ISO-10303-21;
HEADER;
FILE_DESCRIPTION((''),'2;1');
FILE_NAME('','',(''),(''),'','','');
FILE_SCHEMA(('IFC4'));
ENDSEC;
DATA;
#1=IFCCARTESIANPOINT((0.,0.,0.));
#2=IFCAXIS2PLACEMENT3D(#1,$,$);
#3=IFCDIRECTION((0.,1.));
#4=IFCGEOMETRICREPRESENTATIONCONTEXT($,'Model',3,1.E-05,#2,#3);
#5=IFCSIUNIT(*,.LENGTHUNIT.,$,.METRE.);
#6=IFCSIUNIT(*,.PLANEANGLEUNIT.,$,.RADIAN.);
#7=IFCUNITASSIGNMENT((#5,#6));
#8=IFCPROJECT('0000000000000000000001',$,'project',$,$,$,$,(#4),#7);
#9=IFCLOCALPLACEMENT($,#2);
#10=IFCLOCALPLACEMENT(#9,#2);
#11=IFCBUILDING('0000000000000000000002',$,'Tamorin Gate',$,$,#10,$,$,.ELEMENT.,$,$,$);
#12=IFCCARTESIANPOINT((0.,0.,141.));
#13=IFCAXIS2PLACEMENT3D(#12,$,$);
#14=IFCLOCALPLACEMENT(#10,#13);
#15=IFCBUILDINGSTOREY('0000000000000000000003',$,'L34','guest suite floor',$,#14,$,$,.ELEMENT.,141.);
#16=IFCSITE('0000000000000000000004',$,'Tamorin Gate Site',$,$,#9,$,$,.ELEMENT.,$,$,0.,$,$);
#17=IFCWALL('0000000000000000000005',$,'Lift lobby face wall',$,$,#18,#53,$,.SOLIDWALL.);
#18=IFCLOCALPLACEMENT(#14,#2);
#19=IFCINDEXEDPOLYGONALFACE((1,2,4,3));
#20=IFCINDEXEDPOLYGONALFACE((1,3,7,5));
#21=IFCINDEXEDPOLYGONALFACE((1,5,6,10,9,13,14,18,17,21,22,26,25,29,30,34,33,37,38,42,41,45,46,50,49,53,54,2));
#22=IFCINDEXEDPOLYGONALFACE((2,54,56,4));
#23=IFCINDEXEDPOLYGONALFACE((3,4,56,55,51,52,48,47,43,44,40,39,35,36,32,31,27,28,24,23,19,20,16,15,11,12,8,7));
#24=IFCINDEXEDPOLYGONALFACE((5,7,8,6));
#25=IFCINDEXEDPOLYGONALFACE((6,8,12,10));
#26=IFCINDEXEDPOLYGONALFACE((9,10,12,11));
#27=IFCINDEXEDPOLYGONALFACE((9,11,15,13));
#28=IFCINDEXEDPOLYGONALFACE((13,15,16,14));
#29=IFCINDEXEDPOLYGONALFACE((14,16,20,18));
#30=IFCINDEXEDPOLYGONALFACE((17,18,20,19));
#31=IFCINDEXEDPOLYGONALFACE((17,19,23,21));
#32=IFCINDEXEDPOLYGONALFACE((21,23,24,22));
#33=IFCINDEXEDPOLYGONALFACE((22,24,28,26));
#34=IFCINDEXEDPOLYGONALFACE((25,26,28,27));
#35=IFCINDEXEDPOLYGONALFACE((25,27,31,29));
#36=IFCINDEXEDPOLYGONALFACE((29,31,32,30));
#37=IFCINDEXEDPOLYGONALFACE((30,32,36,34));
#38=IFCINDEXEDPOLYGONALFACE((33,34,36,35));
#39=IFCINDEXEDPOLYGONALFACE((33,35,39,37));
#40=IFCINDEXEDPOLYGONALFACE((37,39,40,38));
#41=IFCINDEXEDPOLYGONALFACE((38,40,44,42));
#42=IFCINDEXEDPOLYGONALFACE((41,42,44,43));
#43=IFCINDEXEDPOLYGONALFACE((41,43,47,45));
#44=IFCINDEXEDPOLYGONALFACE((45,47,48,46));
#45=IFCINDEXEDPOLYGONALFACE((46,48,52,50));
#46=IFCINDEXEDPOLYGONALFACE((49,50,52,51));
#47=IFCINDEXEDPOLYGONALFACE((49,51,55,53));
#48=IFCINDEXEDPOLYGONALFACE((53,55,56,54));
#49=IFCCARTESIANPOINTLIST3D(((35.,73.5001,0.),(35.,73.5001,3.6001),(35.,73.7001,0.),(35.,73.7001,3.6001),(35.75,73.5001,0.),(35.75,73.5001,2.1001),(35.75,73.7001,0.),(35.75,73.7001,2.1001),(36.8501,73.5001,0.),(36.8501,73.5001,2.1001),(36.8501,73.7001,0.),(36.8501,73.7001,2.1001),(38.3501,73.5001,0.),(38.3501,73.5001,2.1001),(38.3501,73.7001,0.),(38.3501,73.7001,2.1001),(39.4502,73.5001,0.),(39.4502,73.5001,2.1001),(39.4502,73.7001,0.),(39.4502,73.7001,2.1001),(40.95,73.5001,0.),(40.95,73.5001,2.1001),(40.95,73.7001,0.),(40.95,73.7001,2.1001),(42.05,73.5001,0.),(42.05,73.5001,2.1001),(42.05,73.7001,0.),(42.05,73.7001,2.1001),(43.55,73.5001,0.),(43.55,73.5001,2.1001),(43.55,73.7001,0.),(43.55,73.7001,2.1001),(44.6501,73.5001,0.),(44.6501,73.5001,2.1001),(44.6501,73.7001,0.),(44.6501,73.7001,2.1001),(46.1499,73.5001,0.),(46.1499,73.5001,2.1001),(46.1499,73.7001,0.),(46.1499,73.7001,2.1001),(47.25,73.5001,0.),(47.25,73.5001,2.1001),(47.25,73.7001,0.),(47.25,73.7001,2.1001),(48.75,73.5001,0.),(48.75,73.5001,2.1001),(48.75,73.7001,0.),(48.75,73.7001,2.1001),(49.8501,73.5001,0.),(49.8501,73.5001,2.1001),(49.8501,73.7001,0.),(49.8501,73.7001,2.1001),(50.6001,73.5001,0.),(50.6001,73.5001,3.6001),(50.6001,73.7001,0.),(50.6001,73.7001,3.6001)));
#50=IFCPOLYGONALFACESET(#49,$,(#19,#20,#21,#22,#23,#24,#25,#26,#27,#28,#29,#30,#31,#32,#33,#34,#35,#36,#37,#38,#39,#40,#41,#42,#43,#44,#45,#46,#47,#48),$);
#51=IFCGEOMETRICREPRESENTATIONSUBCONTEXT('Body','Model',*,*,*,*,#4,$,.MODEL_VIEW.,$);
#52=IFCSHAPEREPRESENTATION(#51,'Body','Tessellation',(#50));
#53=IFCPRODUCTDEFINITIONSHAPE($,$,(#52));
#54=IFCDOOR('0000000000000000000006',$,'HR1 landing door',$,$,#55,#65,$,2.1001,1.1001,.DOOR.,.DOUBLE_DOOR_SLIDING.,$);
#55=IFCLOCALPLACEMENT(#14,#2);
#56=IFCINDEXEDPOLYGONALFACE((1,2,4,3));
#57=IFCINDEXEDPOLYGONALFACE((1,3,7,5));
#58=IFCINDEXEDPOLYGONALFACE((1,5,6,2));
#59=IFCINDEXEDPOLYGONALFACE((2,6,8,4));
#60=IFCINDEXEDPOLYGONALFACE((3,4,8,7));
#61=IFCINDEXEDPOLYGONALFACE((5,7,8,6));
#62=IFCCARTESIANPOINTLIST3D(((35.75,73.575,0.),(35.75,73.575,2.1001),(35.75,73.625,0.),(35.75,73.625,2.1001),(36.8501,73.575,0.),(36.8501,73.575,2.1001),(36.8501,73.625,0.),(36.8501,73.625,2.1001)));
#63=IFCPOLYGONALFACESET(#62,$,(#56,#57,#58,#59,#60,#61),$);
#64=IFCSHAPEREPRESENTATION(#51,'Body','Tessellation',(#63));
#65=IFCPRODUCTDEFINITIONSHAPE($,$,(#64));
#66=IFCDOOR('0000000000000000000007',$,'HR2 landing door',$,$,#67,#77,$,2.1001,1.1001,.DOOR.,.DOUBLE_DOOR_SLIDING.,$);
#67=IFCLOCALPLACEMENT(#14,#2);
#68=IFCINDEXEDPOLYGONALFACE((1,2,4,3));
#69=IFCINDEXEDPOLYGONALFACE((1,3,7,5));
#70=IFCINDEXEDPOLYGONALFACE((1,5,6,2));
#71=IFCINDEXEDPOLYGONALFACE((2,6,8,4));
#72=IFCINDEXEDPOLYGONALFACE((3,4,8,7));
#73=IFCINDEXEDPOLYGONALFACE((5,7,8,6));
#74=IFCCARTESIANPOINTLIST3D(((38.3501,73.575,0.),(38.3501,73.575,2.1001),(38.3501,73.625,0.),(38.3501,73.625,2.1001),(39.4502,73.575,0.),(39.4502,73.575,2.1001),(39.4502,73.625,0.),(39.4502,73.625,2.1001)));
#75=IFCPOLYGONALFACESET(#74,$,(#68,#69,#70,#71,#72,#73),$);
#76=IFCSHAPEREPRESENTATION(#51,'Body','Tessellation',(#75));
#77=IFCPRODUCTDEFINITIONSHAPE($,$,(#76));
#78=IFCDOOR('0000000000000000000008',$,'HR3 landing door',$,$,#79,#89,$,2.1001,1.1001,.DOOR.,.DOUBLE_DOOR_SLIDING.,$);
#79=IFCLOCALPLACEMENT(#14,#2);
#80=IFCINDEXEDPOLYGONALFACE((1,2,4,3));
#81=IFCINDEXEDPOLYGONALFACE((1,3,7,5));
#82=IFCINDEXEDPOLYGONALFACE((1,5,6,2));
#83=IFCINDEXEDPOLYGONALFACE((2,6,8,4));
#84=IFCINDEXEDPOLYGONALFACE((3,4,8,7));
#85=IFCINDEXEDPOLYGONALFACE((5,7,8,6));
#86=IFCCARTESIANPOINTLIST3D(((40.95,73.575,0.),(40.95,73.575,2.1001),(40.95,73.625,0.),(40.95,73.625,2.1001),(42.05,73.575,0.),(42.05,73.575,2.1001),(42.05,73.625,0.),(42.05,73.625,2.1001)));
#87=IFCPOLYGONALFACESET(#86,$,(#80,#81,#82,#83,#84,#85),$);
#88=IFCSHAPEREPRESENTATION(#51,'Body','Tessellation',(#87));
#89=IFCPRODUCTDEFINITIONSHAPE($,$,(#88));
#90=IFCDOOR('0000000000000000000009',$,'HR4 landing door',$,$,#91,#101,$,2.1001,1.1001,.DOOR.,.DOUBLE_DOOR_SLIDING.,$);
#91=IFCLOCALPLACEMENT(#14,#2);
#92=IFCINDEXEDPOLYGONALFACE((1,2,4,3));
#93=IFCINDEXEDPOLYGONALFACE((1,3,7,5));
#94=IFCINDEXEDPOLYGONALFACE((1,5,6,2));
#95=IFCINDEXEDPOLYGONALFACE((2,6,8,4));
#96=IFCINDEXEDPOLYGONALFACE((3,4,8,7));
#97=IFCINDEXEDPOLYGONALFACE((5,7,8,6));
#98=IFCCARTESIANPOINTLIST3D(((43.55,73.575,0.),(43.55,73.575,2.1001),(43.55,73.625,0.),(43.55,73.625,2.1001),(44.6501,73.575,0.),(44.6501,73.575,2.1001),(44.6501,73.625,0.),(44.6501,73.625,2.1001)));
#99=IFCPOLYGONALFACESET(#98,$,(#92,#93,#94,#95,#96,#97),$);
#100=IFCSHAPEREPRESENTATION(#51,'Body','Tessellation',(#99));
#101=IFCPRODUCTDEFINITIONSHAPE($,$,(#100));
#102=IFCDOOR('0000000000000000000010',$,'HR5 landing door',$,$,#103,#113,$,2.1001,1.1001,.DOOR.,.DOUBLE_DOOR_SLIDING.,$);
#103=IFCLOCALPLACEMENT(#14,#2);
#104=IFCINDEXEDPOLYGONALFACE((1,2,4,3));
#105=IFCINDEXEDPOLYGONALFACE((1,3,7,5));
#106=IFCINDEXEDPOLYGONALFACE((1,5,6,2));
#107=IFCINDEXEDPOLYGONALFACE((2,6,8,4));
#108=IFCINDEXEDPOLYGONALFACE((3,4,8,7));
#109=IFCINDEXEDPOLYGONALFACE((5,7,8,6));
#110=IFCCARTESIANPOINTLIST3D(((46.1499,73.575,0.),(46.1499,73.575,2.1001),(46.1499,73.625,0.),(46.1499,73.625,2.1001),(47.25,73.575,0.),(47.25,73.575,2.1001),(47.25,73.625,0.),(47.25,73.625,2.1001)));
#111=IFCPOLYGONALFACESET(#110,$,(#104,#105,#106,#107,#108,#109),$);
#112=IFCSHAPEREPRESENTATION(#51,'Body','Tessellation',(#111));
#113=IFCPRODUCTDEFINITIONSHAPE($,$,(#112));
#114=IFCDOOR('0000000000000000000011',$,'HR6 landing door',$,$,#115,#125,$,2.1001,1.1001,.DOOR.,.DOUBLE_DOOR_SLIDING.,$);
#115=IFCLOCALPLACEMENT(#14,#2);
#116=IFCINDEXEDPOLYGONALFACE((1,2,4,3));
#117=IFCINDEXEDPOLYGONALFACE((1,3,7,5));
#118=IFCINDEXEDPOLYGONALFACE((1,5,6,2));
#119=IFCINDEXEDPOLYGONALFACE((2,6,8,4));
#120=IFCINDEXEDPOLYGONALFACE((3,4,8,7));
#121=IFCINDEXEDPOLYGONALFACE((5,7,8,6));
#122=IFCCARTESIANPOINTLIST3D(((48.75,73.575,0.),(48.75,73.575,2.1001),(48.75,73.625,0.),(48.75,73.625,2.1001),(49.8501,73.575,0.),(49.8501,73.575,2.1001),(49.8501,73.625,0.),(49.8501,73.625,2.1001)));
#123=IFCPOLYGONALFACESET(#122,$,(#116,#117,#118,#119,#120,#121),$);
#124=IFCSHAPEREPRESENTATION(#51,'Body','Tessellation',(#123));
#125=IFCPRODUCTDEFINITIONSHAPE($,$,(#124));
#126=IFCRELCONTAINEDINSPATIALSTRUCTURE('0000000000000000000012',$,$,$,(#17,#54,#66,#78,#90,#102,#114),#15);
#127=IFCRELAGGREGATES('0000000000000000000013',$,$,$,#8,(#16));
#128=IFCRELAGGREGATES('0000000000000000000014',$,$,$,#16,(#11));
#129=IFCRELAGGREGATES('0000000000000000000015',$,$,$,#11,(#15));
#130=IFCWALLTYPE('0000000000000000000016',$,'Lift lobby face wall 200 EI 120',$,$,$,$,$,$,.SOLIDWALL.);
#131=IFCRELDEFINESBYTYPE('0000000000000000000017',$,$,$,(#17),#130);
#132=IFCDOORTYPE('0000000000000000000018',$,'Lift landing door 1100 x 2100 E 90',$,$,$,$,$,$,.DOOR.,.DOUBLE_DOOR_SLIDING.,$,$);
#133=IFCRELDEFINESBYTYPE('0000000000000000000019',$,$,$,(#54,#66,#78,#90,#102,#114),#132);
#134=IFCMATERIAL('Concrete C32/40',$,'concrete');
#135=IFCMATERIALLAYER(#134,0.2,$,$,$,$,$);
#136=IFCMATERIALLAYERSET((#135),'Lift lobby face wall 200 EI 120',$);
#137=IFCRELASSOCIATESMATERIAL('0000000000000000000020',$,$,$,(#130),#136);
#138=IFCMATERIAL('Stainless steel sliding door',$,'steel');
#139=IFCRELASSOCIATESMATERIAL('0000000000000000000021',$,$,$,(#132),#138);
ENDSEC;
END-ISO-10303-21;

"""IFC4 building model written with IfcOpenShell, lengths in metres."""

from ifc_helpers import new_model, si_unit, direction, frame, frame_2d, origin, place, context, subcontext, project, spatial, rectangle, extrude, material, layer, layer_set, type_object, element, fill, save


model = new_model("IFC4")

# Units and contexts
model_context = context("Model", 3, precision=1e-05, world=origin(), true_north=direction((0.0, 1.0)))
body_context = subcontext(model_context, "Body", "Model", "MODEL_VIEW")
ifc_project = project(units=[si_unit("LENGTHUNIT", "METRE"), si_unit("PLANEANGLEUNIT", "RADIAN")], contexts=[model_context])

# Site, building, storey
site_placement = place(None, origin())
site = spatial("IfcSite", under=ifc_project, at=site_placement, Name="Tamorin Gate Site", CompositionType="ELEMENT", RefElevation=0.0)
building_placement = place(site_placement, origin())
building = spatial("IfcBuilding", under=site, at=building_placement, Name="Tamorin Gate", CompositionType="ELEMENT")
storey_placement = place(building_placement, frame((0.0, 0.0, 141.0)))
storey = spatial("IfcBuildingStorey", under=building, at=storey_placement, Name="L34", Description="guest suite floor", CompositionType="ELEMENT", Elevation=141.0)

# Wall, openings, doors
ifc_material_1 = material(Name="Concrete C32/40", Category="concrete")
ifc_layer_1 = layer(ifc_material_1, 0.2)
ifc_layer_set_1 = layer_set([ifc_layer_1], Name="Lift lobby face wall 200 EI 120")
wall_type_1 = type_object("IfcWallType", Name="Lift lobby face wall 200 EI 120", PredefinedType="SOLIDWALL", material=ifc_layer_set_1)
wall_1_placement = place(storey_placement, frame((35.0, 73.6001, 0.0), z_axis=(0.0, 0.0, 1.0), x_axis=(1.0, 0.0, 0.0)))
wall_1 = element("IfcWall", 1, at=wall_1_placement, inside=storey, type_object=wall_type_1, Name="Lift lobby face wall", PredefinedType="SOLIDWALL", context=body_context, shape_type="SweptSolid", body=[
    extrude(rectangle(XDim=15.6001, YDim=0.2, at=frame_2d((7.8, 0.0))), origin(), (0.0, 0.0, 1.0), 3.6001),
])
opening_1_placement = place(wall_1_placement, frame((0.75, 0.0, 0.0)))
opening_1 = element("IfcOpeningElement", 2, at=opening_1_placement, cuts=wall_1, PredefinedType="OPENING", context=body_context, shape_type="SweptSolid", body=[
    extrude(rectangle(XDim=1.1001, YDim=2.1001, at=frame_2d((0.55, 1.05))), frame((0.0, 0.1099, 0.0), z_axis=(0.0, -1.0, 0.0), x_axis=(1.0, 0.0, 0.0)), (0.0, 0.0, 1.0), 0.22),
])
opening_2_placement = place(wall_1_placement, frame((3.3501, 0.0, 0.0)))
opening_2 = element("IfcOpeningElement", 3, at=opening_2_placement, cuts=wall_1, PredefinedType="OPENING", context=body_context, shape_type="SweptSolid", body=[
    extrude(rectangle(XDim=1.1001, YDim=2.1001, at=frame_2d((0.55, 1.05))), frame((0.0, 0.1099, 0.0), z_axis=(0.0, -1.0, 0.0), x_axis=(1.0, 0.0, 0.0)), (0.0, 0.0, 1.0), 0.22),
])
opening_3_placement = place(wall_1_placement, frame((5.95, 0.0, 0.0)))
opening_3 = element("IfcOpeningElement", 4, at=opening_3_placement, cuts=wall_1, PredefinedType="OPENING", context=body_context, shape_type="SweptSolid", body=[
    extrude(rectangle(XDim=1.1001, YDim=2.1001, at=frame_2d((0.55, 1.05))), frame((0.0, 0.1099, 0.0), z_axis=(0.0, -1.0, 0.0), x_axis=(1.0, 0.0, 0.0)), (0.0, 0.0, 1.0), 0.22),
])
opening_4_placement = place(wall_1_placement, frame((8.55, 0.0, 0.0)))
opening_4 = element("IfcOpeningElement", 5, at=opening_4_placement, cuts=wall_1, PredefinedType="OPENING", context=body_context, shape_type="SweptSolid", body=[
    extrude(rectangle(XDim=1.1001, YDim=2.1001, at=frame_2d((0.55, 1.05))), frame((0.0, 0.1099, 0.0), z_axis=(0.0, -1.0, 0.0), x_axis=(1.0, 0.0, 0.0)), (0.0, 0.0, 1.0), 0.22),
])
opening_5_placement = place(wall_1_placement, frame((11.1499, 0.0, 0.0)))
opening_5 = element("IfcOpeningElement", 6, at=opening_5_placement, cuts=wall_1, PredefinedType="OPENING", context=body_context, shape_type="SweptSolid", body=[
    extrude(rectangle(XDim=1.1001, YDim=2.1001, at=frame_2d((0.55, 1.05))), frame((0.0, 0.1099, 0.0), z_axis=(0.0, -1.0, 0.0), x_axis=(1.0, 0.0, 0.0)), (0.0, 0.0, 1.0), 0.22),
])
opening_6_placement = place(wall_1_placement, frame((13.75, 0.0, 0.0)))
opening_6 = element("IfcOpeningElement", 7, at=opening_6_placement, cuts=wall_1, PredefinedType="OPENING", context=body_context, shape_type="SweptSolid", body=[
    extrude(rectangle(XDim=1.1001, YDim=2.1001, at=frame_2d((0.55, 1.05))), frame((0.0, 0.1099, 0.0), z_axis=(0.0, -1.0, 0.0), x_axis=(1.0, 0.0, 0.0)), (0.0, 0.0, 1.0), 0.22),
])
ifc_material_2 = material(Name="Stainless steel sliding door", Category="steel")
door_type_1 = type_object("IfcDoorType", Name="Lift landing door 1100 x 2100 E 90", OperationType="DOUBLE_DOOR_SLIDING", PredefinedType="DOOR", material=ifc_material_2)
door_1_placement = place(opening_1_placement, origin())
door_1 = element("IfcDoor", 8, at=door_1_placement, inside=storey, type_object=door_type_1, Name="HR1 landing door", OperationType="DOUBLE_DOOR_SLIDING", OverallHeight=2.1001, OverallWidth=1.1001, PredefinedType="DOOR", context=body_context, shape_type="SweptSolid", body=[
    extrude(rectangle(XDim=1.1001, YDim=2.1001, at=frame_2d((0.55, 1.05))), frame((0.0, 0.0249, 0.0), z_axis=(0.0, -1.0, 0.0), x_axis=(1.0, 0.0, 0.0)), (0.0, 0.0, 1.0), 0.05),
])
fill(opening_1, door_1)
door_2_placement = place(opening_2_placement, origin())
door_2 = element("IfcDoor", 9, at=door_2_placement, inside=storey, type_object=door_type_1, Name="HR2 landing door", OperationType="DOUBLE_DOOR_SLIDING", OverallHeight=2.1001, OverallWidth=1.1001, PredefinedType="DOOR", context=body_context, shape_type="SweptSolid", body=[
    extrude(rectangle(XDim=1.1001, YDim=2.1001, at=frame_2d((0.55, 1.05))), frame((0.0, 0.0249, 0.0), z_axis=(0.0, -1.0, 0.0), x_axis=(1.0, 0.0, 0.0)), (0.0, 0.0, 1.0), 0.05),
])
fill(opening_2, door_2)
door_3_placement = place(opening_3_placement, origin())
door_3 = element("IfcDoor", 10, at=door_3_placement, inside=storey, type_object=door_type_1, Name="HR3 landing door", OperationType="DOUBLE_DOOR_SLIDING", OverallHeight=2.1001, OverallWidth=1.1001, PredefinedType="DOOR", context=body_context, shape_type="SweptSolid", body=[
    extrude(rectangle(XDim=1.1001, YDim=2.1001, at=frame_2d((0.55, 1.05))), frame((0.0, 0.0249, 0.0), z_axis=(0.0, -1.0, 0.0), x_axis=(1.0, 0.0, 0.0)), (0.0, 0.0, 1.0), 0.05),
])
fill(opening_3, door_3)
door_4_placement = place(opening_4_placement, origin())
door_4 = element("IfcDoor", 11, at=door_4_placement, inside=storey, type_object=door_type_1, Name="HR4 landing door", OperationType="DOUBLE_DOOR_SLIDING", OverallHeight=2.1001, OverallWidth=1.1001, PredefinedType="DOOR", context=body_context, shape_type="SweptSolid", body=[
    extrude(rectangle(XDim=1.1001, YDim=2.1001, at=frame_2d((0.55, 1.05))), frame((0.0, 0.0249, 0.0), z_axis=(0.0, -1.0, 0.0), x_axis=(1.0, 0.0, 0.0)), (0.0, 0.0, 1.0), 0.05),
])
fill(opening_4, door_4)
door_5_placement = place(opening_5_placement, origin())
door_5 = element("IfcDoor", 12, at=door_5_placement, inside=storey, type_object=door_type_1, Name="HR5 landing door", OperationType="DOUBLE_DOOR_SLIDING", OverallHeight=2.1001, OverallWidth=1.1001, PredefinedType="DOOR", context=body_context, shape_type="SweptSolid", body=[
    extrude(rectangle(XDim=1.1001, YDim=2.1001, at=frame_2d((0.55, 1.05))), frame((0.0, 0.0249, 0.0), z_axis=(0.0, -1.0, 0.0), x_axis=(1.0, 0.0, 0.0)), (0.0, 0.0, 1.0), 0.05),
])
fill(opening_5, door_5)
door_6_placement = place(opening_6_placement, origin())
door_6 = element("IfcDoor", 13, at=door_6_placement, inside=storey, type_object=door_type_1, Name="HR6 landing door", OperationType="DOUBLE_DOOR_SLIDING", OverallHeight=2.1001, OverallWidth=1.1001, PredefinedType="DOOR", context=body_context, shape_type="SweptSolid", body=[
    extrude(rectangle(XDim=1.1001, YDim=2.1001, at=frame_2d((0.55, 1.05))), frame((0.0, 0.0249, 0.0), z_axis=(0.0, -1.0, 0.0), x_axis=(1.0, 0.0, 0.0)), (0.0, 0.0, 1.0), 0.05),
])
fill(opening_6, door_6)

save(model, "model.ifc")
